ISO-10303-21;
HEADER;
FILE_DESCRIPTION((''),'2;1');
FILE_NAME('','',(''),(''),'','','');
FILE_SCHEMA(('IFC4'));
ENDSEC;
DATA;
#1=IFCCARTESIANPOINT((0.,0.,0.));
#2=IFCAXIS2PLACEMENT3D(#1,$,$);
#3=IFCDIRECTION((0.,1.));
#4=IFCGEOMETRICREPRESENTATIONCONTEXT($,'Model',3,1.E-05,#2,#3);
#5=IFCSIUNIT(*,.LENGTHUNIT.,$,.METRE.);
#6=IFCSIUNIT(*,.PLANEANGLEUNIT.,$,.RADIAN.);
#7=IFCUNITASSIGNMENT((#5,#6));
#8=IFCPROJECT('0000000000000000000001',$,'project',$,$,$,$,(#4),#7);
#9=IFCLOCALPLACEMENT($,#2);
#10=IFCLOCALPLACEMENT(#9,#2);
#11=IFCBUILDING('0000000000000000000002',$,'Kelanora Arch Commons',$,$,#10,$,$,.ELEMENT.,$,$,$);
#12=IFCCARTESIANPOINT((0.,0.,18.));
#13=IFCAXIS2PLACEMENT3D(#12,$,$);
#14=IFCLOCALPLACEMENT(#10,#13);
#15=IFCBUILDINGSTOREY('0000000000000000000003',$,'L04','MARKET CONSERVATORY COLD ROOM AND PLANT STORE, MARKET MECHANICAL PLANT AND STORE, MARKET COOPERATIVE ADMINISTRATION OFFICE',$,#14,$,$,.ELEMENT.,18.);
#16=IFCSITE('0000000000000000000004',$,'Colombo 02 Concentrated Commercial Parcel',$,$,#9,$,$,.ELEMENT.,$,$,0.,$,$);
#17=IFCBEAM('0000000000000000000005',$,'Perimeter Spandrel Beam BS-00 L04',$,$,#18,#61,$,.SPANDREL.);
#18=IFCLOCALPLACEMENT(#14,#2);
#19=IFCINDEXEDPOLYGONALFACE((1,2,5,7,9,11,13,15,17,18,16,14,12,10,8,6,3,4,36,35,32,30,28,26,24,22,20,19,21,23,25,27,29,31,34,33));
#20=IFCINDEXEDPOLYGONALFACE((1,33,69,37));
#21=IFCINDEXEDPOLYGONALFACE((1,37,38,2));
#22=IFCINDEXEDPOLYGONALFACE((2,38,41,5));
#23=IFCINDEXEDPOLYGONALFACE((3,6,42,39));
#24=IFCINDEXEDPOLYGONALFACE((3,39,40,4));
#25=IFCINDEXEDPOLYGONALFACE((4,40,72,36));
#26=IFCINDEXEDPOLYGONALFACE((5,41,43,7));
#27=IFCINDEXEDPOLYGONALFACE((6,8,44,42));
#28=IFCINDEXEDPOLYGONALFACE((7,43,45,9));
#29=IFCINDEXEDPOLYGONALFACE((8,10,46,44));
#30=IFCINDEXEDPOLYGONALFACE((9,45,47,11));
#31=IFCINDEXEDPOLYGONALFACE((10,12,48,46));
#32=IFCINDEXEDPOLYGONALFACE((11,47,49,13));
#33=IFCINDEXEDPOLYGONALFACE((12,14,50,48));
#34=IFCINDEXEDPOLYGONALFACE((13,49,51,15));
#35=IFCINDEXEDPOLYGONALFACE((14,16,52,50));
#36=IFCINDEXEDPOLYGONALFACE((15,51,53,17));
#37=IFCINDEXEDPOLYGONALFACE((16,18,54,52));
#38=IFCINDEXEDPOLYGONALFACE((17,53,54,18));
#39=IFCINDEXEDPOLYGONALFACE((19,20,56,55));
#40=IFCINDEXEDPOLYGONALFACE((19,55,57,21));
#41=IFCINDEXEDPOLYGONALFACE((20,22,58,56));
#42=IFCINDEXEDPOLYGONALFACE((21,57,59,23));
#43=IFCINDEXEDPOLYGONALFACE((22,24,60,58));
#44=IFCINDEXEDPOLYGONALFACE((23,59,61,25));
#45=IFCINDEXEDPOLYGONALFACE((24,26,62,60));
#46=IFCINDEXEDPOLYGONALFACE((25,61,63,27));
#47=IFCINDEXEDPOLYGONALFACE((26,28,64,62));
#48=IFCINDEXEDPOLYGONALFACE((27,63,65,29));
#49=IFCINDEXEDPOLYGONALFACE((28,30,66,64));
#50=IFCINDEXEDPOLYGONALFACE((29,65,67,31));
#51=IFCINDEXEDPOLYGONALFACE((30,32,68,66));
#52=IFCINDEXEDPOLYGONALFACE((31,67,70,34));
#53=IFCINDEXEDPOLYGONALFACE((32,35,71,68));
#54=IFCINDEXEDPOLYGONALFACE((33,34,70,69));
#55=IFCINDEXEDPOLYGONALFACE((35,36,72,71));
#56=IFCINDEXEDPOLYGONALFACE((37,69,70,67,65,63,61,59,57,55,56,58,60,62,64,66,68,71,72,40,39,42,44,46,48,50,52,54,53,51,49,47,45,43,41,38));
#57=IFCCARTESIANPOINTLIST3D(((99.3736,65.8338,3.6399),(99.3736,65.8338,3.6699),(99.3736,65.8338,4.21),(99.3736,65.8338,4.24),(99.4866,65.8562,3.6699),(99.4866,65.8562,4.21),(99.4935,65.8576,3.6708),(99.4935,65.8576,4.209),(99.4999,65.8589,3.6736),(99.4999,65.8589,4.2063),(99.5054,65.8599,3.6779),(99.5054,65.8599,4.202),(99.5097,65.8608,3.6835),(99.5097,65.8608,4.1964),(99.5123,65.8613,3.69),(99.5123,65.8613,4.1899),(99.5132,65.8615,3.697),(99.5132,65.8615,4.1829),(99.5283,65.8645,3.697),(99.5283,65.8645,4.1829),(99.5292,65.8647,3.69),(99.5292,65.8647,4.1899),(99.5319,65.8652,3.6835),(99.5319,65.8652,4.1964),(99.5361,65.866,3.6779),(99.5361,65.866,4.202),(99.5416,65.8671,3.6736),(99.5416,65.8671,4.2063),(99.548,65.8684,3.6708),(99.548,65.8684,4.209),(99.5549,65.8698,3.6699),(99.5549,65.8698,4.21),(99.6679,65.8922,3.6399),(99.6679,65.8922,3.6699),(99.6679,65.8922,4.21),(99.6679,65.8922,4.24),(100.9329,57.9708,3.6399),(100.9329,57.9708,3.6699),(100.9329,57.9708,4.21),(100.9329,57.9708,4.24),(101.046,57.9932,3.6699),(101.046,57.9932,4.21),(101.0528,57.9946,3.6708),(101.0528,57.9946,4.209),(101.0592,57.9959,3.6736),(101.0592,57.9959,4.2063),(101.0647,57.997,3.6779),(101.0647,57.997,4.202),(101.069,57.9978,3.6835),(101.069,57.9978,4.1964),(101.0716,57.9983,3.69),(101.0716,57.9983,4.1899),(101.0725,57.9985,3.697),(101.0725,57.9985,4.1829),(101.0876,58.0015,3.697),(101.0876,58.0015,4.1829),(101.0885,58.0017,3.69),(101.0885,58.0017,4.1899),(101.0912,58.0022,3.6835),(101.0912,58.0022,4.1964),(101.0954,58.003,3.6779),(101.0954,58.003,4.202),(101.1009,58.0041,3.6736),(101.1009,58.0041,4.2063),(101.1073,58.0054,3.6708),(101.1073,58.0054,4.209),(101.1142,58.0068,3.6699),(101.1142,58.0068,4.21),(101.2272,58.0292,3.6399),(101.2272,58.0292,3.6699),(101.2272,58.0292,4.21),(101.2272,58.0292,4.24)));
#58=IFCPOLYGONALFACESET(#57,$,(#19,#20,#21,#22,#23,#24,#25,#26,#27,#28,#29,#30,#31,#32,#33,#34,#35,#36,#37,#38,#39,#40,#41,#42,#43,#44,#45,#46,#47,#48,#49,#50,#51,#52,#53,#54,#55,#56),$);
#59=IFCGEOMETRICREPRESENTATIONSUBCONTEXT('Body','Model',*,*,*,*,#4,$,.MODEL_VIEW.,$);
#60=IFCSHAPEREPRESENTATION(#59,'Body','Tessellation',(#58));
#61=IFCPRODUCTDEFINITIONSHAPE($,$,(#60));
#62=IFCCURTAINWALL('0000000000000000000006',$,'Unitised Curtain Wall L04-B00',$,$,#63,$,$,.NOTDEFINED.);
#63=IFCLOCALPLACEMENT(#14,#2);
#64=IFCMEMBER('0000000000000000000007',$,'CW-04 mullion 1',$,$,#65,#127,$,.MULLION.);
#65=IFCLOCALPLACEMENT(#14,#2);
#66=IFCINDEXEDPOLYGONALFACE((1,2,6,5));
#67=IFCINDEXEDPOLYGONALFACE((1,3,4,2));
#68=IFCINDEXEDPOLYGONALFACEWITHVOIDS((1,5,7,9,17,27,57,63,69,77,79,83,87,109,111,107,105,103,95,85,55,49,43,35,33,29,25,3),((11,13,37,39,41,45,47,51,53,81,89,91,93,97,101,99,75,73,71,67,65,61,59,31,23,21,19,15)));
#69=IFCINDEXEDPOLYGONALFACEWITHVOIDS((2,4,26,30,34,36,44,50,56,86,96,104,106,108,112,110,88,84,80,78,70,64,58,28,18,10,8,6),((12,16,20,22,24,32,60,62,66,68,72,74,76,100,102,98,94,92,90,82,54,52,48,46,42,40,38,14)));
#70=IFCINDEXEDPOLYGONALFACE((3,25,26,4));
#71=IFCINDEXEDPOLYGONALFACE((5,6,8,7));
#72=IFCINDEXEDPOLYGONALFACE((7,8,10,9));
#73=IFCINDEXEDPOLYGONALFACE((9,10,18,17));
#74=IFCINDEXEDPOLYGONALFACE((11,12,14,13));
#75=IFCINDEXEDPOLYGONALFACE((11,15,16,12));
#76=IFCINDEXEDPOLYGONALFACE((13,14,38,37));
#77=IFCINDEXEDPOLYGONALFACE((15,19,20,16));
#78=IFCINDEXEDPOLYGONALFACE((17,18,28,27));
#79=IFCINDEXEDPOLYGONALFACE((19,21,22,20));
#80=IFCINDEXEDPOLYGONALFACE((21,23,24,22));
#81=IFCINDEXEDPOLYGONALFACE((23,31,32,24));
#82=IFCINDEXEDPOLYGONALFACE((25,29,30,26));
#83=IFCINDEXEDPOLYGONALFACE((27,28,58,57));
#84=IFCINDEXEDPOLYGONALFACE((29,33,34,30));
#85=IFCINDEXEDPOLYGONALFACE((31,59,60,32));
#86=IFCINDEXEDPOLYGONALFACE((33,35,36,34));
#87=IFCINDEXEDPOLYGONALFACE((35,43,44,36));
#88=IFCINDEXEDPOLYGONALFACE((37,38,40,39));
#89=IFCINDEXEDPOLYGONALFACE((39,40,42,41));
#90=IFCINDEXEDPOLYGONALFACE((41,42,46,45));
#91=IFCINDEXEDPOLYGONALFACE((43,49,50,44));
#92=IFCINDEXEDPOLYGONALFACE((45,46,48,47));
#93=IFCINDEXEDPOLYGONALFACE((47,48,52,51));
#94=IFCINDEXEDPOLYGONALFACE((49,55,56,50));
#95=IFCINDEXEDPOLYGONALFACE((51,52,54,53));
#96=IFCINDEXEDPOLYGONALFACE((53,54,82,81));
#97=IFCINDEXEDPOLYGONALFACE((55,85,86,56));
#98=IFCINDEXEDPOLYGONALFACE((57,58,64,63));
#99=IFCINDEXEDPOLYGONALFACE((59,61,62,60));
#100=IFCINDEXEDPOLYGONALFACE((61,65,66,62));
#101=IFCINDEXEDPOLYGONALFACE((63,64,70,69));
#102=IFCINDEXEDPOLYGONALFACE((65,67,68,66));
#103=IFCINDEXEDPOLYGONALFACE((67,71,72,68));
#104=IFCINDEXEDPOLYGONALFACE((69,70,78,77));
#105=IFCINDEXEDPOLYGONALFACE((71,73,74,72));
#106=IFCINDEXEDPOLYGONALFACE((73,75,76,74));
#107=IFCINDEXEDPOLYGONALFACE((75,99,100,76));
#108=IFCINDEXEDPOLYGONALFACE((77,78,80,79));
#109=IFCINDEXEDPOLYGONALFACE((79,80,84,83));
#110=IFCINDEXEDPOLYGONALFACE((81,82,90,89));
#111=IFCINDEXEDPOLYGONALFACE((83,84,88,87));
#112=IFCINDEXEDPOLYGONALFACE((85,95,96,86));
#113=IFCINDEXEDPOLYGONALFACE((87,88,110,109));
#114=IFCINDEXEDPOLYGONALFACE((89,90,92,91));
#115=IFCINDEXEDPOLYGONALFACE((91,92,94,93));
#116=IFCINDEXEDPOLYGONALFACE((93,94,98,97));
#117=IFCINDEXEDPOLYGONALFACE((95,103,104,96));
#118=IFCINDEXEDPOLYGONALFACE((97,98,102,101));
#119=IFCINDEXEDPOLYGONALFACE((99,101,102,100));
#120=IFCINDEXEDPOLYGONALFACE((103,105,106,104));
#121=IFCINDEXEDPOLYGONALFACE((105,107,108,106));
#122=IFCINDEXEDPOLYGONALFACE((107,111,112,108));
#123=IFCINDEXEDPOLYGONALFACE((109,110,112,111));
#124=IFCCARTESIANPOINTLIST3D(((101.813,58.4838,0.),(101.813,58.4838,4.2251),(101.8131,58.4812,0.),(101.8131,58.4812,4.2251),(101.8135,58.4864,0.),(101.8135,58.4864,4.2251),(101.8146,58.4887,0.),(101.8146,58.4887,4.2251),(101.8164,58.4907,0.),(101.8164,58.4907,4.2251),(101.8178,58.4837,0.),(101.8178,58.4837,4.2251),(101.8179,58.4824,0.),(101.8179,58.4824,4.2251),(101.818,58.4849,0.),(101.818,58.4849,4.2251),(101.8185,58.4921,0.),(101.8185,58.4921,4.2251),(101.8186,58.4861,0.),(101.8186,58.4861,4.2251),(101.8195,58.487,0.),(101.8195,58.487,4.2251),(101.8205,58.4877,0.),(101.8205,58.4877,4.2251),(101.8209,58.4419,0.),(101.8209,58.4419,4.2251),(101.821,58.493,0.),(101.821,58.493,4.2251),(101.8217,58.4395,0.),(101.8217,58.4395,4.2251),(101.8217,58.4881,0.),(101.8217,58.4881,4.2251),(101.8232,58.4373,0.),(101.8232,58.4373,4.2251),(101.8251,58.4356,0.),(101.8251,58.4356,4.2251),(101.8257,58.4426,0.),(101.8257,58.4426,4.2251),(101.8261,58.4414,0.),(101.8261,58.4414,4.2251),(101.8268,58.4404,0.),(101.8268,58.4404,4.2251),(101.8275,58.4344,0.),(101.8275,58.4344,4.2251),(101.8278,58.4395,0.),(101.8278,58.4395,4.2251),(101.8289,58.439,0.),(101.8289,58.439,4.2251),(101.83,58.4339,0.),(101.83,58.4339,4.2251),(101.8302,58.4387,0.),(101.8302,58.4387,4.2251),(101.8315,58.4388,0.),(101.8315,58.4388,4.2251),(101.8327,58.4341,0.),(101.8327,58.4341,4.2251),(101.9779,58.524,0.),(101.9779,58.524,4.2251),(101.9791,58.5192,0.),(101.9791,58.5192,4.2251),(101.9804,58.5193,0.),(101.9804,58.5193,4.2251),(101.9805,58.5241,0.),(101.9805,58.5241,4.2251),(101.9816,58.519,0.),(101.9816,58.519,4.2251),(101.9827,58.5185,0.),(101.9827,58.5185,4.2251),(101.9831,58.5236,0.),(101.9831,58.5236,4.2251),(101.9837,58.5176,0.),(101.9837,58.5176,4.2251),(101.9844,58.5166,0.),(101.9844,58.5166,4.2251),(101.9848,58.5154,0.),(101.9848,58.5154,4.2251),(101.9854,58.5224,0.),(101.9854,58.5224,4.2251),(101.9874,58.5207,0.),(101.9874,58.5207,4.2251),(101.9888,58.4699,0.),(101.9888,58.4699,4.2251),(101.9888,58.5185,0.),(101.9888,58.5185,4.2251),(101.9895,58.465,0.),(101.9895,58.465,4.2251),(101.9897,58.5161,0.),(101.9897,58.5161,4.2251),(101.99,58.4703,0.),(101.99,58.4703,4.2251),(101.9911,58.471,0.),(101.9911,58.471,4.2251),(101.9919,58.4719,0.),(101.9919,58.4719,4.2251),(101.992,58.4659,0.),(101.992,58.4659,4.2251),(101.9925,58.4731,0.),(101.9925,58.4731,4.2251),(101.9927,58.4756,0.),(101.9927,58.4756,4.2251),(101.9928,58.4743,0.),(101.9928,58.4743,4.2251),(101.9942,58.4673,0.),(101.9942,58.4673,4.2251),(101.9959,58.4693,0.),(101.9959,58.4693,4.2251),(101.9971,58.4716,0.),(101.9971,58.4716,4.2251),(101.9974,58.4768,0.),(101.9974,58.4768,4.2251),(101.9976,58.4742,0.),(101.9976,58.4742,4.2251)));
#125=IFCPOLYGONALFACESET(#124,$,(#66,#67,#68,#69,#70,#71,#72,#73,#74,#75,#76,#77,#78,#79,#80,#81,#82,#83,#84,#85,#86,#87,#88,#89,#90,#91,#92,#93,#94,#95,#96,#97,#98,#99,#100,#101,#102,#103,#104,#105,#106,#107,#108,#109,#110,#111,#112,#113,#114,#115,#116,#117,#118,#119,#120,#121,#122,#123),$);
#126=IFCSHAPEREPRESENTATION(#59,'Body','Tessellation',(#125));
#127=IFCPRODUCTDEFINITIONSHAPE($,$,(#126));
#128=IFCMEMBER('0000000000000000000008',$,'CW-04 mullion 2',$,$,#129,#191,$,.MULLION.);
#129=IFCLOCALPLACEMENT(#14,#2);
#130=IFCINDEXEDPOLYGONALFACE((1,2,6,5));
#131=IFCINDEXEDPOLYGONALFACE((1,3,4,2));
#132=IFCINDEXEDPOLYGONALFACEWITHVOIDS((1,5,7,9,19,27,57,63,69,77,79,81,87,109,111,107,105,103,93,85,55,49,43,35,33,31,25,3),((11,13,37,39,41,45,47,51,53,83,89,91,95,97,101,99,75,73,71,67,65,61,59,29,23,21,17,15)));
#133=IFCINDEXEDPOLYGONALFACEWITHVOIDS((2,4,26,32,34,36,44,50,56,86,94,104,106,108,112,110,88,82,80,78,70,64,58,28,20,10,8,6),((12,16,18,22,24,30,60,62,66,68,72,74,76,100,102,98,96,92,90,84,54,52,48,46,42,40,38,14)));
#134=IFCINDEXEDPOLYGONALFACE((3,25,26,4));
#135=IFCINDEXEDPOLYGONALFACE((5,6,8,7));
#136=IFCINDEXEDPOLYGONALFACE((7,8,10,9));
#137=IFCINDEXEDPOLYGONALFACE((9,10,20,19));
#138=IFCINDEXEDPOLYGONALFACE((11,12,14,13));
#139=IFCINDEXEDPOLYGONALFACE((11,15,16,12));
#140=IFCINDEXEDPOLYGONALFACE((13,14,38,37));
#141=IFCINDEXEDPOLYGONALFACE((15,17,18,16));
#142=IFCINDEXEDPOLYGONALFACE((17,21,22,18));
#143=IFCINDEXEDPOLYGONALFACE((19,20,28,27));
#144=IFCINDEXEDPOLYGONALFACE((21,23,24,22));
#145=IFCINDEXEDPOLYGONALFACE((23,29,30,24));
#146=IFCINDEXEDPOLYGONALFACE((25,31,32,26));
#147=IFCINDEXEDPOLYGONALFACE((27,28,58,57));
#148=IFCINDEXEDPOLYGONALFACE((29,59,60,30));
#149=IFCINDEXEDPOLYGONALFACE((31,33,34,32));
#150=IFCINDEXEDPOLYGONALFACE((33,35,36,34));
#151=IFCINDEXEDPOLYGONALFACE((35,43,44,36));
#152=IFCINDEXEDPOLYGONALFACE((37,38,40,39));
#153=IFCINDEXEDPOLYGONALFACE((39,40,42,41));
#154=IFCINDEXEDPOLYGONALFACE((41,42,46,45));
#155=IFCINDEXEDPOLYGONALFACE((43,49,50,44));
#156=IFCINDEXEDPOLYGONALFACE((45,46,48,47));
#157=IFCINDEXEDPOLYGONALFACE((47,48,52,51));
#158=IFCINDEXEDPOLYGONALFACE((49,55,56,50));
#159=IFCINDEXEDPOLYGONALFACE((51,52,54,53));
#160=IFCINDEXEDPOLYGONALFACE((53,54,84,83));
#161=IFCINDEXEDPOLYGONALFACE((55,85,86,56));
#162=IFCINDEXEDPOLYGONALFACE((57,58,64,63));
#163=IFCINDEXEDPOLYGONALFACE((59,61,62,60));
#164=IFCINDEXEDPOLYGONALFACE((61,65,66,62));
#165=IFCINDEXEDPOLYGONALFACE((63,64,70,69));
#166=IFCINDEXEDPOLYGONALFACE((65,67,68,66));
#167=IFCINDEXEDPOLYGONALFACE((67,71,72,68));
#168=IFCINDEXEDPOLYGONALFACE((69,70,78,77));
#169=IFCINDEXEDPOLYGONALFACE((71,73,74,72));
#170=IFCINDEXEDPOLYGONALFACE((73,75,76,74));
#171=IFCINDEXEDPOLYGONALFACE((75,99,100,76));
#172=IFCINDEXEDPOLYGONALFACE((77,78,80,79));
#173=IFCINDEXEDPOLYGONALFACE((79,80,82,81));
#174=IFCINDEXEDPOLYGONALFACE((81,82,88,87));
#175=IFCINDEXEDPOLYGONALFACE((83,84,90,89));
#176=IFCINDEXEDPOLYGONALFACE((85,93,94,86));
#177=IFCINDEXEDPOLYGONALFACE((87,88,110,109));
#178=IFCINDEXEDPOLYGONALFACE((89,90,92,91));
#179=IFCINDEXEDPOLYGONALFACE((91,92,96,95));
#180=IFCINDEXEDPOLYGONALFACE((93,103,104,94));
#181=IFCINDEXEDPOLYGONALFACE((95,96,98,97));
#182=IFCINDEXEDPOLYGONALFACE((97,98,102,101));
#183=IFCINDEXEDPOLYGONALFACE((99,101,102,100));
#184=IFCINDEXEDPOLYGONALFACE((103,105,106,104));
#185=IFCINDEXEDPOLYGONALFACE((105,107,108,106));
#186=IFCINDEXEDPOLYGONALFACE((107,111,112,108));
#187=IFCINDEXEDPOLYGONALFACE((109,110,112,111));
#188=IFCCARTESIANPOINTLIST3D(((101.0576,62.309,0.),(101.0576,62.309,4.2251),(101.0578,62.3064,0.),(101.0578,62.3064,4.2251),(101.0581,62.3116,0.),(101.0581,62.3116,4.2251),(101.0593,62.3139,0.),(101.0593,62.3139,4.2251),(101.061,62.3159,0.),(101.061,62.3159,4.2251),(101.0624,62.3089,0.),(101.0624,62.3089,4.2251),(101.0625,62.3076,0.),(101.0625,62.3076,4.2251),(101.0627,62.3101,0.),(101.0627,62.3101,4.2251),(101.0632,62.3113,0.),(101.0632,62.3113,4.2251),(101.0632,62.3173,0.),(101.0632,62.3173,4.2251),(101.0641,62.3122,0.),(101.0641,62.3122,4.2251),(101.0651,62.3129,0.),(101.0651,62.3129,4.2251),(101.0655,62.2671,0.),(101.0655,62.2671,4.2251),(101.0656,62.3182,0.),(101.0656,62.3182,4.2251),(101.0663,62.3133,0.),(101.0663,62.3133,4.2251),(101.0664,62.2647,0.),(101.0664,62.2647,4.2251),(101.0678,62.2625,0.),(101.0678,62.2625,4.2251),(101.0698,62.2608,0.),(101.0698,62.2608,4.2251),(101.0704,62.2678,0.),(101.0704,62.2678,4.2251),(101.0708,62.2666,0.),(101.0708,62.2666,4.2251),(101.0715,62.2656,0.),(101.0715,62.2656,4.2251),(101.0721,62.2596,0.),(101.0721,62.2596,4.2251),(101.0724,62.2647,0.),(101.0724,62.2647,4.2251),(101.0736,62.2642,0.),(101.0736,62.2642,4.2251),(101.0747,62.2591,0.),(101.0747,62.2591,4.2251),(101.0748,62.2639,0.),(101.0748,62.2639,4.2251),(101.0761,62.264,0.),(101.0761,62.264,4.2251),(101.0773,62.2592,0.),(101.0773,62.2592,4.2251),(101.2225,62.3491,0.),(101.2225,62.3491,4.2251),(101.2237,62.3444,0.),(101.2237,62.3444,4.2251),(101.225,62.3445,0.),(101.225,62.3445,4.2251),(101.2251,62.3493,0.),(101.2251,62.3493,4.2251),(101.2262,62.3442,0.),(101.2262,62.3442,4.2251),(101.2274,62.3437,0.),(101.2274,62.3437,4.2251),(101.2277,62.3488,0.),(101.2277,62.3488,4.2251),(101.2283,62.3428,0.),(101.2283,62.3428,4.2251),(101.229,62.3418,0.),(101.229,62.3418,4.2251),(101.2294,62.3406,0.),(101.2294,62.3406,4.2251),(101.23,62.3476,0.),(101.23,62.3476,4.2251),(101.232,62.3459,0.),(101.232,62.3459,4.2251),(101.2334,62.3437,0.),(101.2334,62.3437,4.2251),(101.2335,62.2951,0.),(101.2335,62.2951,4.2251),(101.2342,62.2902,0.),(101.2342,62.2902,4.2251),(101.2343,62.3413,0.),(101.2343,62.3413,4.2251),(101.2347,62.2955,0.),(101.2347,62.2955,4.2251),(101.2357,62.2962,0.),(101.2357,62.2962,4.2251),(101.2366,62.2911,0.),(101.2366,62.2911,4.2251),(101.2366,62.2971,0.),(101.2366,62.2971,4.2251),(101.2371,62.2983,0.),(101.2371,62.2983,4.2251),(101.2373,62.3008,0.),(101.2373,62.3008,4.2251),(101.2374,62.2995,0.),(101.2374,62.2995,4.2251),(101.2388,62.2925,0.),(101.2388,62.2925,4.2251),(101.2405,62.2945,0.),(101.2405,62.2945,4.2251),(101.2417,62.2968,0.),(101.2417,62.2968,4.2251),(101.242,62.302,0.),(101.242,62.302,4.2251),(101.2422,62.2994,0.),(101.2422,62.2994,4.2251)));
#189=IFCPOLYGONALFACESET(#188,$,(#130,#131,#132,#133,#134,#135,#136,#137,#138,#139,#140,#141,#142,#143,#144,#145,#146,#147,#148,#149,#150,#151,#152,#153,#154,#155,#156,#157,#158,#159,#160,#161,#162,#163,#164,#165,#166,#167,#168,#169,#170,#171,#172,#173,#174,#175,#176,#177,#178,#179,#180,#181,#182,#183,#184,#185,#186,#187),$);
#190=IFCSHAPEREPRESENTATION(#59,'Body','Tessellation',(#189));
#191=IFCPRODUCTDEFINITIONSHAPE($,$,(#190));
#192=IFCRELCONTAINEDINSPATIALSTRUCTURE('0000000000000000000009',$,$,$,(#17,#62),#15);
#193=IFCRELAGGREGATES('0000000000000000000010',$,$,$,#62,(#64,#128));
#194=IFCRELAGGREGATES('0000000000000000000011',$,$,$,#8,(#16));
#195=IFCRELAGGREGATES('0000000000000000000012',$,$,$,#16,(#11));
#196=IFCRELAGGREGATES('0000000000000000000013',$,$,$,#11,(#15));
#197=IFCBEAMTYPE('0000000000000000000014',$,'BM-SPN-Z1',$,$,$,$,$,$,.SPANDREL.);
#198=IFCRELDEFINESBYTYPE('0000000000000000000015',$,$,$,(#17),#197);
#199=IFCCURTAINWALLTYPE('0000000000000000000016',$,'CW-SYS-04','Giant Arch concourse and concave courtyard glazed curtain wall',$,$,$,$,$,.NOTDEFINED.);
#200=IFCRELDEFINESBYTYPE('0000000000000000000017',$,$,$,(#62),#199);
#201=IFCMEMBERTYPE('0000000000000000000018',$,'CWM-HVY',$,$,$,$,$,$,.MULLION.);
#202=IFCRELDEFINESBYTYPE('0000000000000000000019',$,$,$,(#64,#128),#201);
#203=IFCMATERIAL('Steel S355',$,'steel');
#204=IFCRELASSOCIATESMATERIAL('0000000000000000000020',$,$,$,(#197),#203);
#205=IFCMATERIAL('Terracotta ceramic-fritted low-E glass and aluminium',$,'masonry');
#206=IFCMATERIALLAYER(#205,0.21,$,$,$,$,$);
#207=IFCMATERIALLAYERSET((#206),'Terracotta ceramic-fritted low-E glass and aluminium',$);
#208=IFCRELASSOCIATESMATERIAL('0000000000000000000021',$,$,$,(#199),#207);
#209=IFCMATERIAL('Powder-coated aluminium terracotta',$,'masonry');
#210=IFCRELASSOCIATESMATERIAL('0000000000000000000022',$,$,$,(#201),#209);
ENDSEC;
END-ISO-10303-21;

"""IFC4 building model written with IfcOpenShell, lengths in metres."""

from ifc_helpers import new_model, si_unit, direction, frame, origin, origin_2d, place, context, subcontext, project, spatial, hollow_rectangle, i_section, extrude, material, layer, layer_set, material_profile, profile_set, type_object, element, aggregate, save


model = new_model("IFC4")

# Units and contexts
model_context = context("Model", 3, precision=1e-05, world=origin(), true_north=direction((0.0, 1.0)))
body_context = subcontext(model_context, "Body", "Model", "MODEL_VIEW")
ifc_project = project(units=[si_unit("LENGTHUNIT", "METRE"), si_unit("PLANEANGLEUNIT", "RADIAN")], contexts=[model_context])

# Site, building, storey
site_placement = place(None, origin())
site = spatial("IfcSite", under=ifc_project, at=site_placement, Name="Colombo 02 Concentrated Commercial Parcel", CompositionType="ELEMENT", RefElevation=0.0)
building_placement = place(site_placement, origin())
building = spatial("IfcBuilding", under=site, at=building_placement, Name="Kelanora Arch Commons", CompositionType="ELEMENT")
storey_placement = place(building_placement, frame((0.0, 0.0, 18.0)))
storey = spatial("IfcBuildingStorey", under=building, at=storey_placement, Name="L04", Description="MARKET CONSERVATORY COLD ROOM AND PLANT STORE, MARKET MECHANICAL PLANT AND STORE, MARKET COOPERATIVE ADMINISTRATION OFFICE", CompositionType="ELEMENT", Elevation=18.0)

# Beam
ifc_material_1 = material(Name="Steel S355", Category="steel")
ifc_material_profile_1 = material_profile(ifc_material_1, i_section(OverallWidth=0.3, OverallDepth=0.6001, WebThickness=0.0154, FlangeThickness=0.03, FilletRadius=0.0271, at=origin_2d()), Name="HEB600")
ifc_profile_set_1 = profile_set([ifc_material_profile_1], Name="Steel S355")
beam_type_1 = type_object("IfcBeamType", Name="BM-SPN-Z1", PredefinedType="SPANDREL", material=ifc_profile_set_1)
beam_1_placement = place(storey_placement, frame((101.0801, 58.0, 3.9399), z_axis=(-0.194523, 0.980898, 0.0), x_axis=(-0.980898, -0.194523, 0.0)))
element("IfcBeam", 1, at=beam_1_placement, inside=storey, type_object=beam_type_1, Name="Perimeter Spandrel Beam BS-00 L04", PredefinedType="SPANDREL", context=body_context, shape_type="SweptSolid", body=[
    extrude(i_section(OverallWidth=0.3, OverallDepth=0.6001, WebThickness=0.0154, FlangeThickness=0.03, FilletRadius=0.0271, at=origin_2d()), origin(), (0.0, 0.0, 1.0), 8.0161),
])

# Curtain wall, members
ifc_material_2 = material(Name="Terracotta ceramic-fritted low-E glass and aluminium", Category="masonry")
ifc_layer_1 = layer(ifc_material_2, 0.21)
ifc_layer_set_1 = layer_set([ifc_layer_1], Name="Terracotta ceramic-fritted low-E glass and aluminium")
curtain_wall_type = type_object("IfcCurtainWallType", Name="CW-SYS-04", Description="Giant Arch concourse and concave courtyard glazed curtain wall", PredefinedType="NOTDEFINED", material=ifc_layer_set_1)
curtain_wall_placement = place(storey_placement, origin())
curtain_wall = element("IfcCurtainWall", 2, at=curtain_wall_placement, inside=storey, type_object=curtain_wall_type, Name="Unitised Curtain Wall L04-B00", PredefinedType="NOTDEFINED")
ifc_material_3 = material(Name="Powder-coated aluminium terracotta", Category="masonry")
ifc_material_profile_2 = material_profile(ifc_material_3, hollow_rectangle(XDim=0.1799, YDim=0.0601, WallThickness=0.0049, InnerFilletRadius=0.0049, OuterFilletRadius=0.01, at=origin_2d()), Name="CWM180x60")
ifc_profile_set_2 = profile_set([ifc_material_profile_2], Name="Powder-coated aluminium terracotta")
member_type_1 = type_object("IfcMemberType", Name="CWM-HVY", PredefinedType="MULLION", material=ifc_profile_set_2)
member_1_placement = place(storey_placement, frame((101.9053, 58.479, 0.0), z_axis=(0.0, 0.0, 1.0), x_axis=(-0.981054, -0.193737, 0.0)))
member_1 = element("IfcMember", 3, at=member_1_placement, type_object=member_type_1, Name="CW-04 mullion 1", PredefinedType="MULLION", context=body_context, shape_type="SweptSolid", body=[
    extrude(hollow_rectangle(XDim=0.1799, YDim=0.0601, WallThickness=0.0049, InnerFilletRadius=0.0049, OuterFilletRadius=0.01, at=origin_2d()), origin(), (0.0, 0.0, 1.0), 4.2251),
])
member_2_placement = place(storey_placement, frame((101.1499, 62.3042, 0.0), z_axis=(0.0, 0.0, 1.0), x_axis=(-0.981054, -0.193737, 0.0)))
member_2 = element("IfcMember", 4, at=member_2_placement, type_object=member_type_1, Name="CW-04 mullion 2", PredefinedType="MULLION", context=body_context, shape_type="SweptSolid", body=[
    extrude(hollow_rectangle(XDim=0.1799, YDim=0.0601, WallThickness=0.0049, InnerFilletRadius=0.0049, OuterFilletRadius=0.01, at=origin_2d()), origin(), (0.0, 0.0, 1.0), 4.2251),
])
aggregate(curtain_wall, [member_1, member_2])

save(model, "model.ifc")
